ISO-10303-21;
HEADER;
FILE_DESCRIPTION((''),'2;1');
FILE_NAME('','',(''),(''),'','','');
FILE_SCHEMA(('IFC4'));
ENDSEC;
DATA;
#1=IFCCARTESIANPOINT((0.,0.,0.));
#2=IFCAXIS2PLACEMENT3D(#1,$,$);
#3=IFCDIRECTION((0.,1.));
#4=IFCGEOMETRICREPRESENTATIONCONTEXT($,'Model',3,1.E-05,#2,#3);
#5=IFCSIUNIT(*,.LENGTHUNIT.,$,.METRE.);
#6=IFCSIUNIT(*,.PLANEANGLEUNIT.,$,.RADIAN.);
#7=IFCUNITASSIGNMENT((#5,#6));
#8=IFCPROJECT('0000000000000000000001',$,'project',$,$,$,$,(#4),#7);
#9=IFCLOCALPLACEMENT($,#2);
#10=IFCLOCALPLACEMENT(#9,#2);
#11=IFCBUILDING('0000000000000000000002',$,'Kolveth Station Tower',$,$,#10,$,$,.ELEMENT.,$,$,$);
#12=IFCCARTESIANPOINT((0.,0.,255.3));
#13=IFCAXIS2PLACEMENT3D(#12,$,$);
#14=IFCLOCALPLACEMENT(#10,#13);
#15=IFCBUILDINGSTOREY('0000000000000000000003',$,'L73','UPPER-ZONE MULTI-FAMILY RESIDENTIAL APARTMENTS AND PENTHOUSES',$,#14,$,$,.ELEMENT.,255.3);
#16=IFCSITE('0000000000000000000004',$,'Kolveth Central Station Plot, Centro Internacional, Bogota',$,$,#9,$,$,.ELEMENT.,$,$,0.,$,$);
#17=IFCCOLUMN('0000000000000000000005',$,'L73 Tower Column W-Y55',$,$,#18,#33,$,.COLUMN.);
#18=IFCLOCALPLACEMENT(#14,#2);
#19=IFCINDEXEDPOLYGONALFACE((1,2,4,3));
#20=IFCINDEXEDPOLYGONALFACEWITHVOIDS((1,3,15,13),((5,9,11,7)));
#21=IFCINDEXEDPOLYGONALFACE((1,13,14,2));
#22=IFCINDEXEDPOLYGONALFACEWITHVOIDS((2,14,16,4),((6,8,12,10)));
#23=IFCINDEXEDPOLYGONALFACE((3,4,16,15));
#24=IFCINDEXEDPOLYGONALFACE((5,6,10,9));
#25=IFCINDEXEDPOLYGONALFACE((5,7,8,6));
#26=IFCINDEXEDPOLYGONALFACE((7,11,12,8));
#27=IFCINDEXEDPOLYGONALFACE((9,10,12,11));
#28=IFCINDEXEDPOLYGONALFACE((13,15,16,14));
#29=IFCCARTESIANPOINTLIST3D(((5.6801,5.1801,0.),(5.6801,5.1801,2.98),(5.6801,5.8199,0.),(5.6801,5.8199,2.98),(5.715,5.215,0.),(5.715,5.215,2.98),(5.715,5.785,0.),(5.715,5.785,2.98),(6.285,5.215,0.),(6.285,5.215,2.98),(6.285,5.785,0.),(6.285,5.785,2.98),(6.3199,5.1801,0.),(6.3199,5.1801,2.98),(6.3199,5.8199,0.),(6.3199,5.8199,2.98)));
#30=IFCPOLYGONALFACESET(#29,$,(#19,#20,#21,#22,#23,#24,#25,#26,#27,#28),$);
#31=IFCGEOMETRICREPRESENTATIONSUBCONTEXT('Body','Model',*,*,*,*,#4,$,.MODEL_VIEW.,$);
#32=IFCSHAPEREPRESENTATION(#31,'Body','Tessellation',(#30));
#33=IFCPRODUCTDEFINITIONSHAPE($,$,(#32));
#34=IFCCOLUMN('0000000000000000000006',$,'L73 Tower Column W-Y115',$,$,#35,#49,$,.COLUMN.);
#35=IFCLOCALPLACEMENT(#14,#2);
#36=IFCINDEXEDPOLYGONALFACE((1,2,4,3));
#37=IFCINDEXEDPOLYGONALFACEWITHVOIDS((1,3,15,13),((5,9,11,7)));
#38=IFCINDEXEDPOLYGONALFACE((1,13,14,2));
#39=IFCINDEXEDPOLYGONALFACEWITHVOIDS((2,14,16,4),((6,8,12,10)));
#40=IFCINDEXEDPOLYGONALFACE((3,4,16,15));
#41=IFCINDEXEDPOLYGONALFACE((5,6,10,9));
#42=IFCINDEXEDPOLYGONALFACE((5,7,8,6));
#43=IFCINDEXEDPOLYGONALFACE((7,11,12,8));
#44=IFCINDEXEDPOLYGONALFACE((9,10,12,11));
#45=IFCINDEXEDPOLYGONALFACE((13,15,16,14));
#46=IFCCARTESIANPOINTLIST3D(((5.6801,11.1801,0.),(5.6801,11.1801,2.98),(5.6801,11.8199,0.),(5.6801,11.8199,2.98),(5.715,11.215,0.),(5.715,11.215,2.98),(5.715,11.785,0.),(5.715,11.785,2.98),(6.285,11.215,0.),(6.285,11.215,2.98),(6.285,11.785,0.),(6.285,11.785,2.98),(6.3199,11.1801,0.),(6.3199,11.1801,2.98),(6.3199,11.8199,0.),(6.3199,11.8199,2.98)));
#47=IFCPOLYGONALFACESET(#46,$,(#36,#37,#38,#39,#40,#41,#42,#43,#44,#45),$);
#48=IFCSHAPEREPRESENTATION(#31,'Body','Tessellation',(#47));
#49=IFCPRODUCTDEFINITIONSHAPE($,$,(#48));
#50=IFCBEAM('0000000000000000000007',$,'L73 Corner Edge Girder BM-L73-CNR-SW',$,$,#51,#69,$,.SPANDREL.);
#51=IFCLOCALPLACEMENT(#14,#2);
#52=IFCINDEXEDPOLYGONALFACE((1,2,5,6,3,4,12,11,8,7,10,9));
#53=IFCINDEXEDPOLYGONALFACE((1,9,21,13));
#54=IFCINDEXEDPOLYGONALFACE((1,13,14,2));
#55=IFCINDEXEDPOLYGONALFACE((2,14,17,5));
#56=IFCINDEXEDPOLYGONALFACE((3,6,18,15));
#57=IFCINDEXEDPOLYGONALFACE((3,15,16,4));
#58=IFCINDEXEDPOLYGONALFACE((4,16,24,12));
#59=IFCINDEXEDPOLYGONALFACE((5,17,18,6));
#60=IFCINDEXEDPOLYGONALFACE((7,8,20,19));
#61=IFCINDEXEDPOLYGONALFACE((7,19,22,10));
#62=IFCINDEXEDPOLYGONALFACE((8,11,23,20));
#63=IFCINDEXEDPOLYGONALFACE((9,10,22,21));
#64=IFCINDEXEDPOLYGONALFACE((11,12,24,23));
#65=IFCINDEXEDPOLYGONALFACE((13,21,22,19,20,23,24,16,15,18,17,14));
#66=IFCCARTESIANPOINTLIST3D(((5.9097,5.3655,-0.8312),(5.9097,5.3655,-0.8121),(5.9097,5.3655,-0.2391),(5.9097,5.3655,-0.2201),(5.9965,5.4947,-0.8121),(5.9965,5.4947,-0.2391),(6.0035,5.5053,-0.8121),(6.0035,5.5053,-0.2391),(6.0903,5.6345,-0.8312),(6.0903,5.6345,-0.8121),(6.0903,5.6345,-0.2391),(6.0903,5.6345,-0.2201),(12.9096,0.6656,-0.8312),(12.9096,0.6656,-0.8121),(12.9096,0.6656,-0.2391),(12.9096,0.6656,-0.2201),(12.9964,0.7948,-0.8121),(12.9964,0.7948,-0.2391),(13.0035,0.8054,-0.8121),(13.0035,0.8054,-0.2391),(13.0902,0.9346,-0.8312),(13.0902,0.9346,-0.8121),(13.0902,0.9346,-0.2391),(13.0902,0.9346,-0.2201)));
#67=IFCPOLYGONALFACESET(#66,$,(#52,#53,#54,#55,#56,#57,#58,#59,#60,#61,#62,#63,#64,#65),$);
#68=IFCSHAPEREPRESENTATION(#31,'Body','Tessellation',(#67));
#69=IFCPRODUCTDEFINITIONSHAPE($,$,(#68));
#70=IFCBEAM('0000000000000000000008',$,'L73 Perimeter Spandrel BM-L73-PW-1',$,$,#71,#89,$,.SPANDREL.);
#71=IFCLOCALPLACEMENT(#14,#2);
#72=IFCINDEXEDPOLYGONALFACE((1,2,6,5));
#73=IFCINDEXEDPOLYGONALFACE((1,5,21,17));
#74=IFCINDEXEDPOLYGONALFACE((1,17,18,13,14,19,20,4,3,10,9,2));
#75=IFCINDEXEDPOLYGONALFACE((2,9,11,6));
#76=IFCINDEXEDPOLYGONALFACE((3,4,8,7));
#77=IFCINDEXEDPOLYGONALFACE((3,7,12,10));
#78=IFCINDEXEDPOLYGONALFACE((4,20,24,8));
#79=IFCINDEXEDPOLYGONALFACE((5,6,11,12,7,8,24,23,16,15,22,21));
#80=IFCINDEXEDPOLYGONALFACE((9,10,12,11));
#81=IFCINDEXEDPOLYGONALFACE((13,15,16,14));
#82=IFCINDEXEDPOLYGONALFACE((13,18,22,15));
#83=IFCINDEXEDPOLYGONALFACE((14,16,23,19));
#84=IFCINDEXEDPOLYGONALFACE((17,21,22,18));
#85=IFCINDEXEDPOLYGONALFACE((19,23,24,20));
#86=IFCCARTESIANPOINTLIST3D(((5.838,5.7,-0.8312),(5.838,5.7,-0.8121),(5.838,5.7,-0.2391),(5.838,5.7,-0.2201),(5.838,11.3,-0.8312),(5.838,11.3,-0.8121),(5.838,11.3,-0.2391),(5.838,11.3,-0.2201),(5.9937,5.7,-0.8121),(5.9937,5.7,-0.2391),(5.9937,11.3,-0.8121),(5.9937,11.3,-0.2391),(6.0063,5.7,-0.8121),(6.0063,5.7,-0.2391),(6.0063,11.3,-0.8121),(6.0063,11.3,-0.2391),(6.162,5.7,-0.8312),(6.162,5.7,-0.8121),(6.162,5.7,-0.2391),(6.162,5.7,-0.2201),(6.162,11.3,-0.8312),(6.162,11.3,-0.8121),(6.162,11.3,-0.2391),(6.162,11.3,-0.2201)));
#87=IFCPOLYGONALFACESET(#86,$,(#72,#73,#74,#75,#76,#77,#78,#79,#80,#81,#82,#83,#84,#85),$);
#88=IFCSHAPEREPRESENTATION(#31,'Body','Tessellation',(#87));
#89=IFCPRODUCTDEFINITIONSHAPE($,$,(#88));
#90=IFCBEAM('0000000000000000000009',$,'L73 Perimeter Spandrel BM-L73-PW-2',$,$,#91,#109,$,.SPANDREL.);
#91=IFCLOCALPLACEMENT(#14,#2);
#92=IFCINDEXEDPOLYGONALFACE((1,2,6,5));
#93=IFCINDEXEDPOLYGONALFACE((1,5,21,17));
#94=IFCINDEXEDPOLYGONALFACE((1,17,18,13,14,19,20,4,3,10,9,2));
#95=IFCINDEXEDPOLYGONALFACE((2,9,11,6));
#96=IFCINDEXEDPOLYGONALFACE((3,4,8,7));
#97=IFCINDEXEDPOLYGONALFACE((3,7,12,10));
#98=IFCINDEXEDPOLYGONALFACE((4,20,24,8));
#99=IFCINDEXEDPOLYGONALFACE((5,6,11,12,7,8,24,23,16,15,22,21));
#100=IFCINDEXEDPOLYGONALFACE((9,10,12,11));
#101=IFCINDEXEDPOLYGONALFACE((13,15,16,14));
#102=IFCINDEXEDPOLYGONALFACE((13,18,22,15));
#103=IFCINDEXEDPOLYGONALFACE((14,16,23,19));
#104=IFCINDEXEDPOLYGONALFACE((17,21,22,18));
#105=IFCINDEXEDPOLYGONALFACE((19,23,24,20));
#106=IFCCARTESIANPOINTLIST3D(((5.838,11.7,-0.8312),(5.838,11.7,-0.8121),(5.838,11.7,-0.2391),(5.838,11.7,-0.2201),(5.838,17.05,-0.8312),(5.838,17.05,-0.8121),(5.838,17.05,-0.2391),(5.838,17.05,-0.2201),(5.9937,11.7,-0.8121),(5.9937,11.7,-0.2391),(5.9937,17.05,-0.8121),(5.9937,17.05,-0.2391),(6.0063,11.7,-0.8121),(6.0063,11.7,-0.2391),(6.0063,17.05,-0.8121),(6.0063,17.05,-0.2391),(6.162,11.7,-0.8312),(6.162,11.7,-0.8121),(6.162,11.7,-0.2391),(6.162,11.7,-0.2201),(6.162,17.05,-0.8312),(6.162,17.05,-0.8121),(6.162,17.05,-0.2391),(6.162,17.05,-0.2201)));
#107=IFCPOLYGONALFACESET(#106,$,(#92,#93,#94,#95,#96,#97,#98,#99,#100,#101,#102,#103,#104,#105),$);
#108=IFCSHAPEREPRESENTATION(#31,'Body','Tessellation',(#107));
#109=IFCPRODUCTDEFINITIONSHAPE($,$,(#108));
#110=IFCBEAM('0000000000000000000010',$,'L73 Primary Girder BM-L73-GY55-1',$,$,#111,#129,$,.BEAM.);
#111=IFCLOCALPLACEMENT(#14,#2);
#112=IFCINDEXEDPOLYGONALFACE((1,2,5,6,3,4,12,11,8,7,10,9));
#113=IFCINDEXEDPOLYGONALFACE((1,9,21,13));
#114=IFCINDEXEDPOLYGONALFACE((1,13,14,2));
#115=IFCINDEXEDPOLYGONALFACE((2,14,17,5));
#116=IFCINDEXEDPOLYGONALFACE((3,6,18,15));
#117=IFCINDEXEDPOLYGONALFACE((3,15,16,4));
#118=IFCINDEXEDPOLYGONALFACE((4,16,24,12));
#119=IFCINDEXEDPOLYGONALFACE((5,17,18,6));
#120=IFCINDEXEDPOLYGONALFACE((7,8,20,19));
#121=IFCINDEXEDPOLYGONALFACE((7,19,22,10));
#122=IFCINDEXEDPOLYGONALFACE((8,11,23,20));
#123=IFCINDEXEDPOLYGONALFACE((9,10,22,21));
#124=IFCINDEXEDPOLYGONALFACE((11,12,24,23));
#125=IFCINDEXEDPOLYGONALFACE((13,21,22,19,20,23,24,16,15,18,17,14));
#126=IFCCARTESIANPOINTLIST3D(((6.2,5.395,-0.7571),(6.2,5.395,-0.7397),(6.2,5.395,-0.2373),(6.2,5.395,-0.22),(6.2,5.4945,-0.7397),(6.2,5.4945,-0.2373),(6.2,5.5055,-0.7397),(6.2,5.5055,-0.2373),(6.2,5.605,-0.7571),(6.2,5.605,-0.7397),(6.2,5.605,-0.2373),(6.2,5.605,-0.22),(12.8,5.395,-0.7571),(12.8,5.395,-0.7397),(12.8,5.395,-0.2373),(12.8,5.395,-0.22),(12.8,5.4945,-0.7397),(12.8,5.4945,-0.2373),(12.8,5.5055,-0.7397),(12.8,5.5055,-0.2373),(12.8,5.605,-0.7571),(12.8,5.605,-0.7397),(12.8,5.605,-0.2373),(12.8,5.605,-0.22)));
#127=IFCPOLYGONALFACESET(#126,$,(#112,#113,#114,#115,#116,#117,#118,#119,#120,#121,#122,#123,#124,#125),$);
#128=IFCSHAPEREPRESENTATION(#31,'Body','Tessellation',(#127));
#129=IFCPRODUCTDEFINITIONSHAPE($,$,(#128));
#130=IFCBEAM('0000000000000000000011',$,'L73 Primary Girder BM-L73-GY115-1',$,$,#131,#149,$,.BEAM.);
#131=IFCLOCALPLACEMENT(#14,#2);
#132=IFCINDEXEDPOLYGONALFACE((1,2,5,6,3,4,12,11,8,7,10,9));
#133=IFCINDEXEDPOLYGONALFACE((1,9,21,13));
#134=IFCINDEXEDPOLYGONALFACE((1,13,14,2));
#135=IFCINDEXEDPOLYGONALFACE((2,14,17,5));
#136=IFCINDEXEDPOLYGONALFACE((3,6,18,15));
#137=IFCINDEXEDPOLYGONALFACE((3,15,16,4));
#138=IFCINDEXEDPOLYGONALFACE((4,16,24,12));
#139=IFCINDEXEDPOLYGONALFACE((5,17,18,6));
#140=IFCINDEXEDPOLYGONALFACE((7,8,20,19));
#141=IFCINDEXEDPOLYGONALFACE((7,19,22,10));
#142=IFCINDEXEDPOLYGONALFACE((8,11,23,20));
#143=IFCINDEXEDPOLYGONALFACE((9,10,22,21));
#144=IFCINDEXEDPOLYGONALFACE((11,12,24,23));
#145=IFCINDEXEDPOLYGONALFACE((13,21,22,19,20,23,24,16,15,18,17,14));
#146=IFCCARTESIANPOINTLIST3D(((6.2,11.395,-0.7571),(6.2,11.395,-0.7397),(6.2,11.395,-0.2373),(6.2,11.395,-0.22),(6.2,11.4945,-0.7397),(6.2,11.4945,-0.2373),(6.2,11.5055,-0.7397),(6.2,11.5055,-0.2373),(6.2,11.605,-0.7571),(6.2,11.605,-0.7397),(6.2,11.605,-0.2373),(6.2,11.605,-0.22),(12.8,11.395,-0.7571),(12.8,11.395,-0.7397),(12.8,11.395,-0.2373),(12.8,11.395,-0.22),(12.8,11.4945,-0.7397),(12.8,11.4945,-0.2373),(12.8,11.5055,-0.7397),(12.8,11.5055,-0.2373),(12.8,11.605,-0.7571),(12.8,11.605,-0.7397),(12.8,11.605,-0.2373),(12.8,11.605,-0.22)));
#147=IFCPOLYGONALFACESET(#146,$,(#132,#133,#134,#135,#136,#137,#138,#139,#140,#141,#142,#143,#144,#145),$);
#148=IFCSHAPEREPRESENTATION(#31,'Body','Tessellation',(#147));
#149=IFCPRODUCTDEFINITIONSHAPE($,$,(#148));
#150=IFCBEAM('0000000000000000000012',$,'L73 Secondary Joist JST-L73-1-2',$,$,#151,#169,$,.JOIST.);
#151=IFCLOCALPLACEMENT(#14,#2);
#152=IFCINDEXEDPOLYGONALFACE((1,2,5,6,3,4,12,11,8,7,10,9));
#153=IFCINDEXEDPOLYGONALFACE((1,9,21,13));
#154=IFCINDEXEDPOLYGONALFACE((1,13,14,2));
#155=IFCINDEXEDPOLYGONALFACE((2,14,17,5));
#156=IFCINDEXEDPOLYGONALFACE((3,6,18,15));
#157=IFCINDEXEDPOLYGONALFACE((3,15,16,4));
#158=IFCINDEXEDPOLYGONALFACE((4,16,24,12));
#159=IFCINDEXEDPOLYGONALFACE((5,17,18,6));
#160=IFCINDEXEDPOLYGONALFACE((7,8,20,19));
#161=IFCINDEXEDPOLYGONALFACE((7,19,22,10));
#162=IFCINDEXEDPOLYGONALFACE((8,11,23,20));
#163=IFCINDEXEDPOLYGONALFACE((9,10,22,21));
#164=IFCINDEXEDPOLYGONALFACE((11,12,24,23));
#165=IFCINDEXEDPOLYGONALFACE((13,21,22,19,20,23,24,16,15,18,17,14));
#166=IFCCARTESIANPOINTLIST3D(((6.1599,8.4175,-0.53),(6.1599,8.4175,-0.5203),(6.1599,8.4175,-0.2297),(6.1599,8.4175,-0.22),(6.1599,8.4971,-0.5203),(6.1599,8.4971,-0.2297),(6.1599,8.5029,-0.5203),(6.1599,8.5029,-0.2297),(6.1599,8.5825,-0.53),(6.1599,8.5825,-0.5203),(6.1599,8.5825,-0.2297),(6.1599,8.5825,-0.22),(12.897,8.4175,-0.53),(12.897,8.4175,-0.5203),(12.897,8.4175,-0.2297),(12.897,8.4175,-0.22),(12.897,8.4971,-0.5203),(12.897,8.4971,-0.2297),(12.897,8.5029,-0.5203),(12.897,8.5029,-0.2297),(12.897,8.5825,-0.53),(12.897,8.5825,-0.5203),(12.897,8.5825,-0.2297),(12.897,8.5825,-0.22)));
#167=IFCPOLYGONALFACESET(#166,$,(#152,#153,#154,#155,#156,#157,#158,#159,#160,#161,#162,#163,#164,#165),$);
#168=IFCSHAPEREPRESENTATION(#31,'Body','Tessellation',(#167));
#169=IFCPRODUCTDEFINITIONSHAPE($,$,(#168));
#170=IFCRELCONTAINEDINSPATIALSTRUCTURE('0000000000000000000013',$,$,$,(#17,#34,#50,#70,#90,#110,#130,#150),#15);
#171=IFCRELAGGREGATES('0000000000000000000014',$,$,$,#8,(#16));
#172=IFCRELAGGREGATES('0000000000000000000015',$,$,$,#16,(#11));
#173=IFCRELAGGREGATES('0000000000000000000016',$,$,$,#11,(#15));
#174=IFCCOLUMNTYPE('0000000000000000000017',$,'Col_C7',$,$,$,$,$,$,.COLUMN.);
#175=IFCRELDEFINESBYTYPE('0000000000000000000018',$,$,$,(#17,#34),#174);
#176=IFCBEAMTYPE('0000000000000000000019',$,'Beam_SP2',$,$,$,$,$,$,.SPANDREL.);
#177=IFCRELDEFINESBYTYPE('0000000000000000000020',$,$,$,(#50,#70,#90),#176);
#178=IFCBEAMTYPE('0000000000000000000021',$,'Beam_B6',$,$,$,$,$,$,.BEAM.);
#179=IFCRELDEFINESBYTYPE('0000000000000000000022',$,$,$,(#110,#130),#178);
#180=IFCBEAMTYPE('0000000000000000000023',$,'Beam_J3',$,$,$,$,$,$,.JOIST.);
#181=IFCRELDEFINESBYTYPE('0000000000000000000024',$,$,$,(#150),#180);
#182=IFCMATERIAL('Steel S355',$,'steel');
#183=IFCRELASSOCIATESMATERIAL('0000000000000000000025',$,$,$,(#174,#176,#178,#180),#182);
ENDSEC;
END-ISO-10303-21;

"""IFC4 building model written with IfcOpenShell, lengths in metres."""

from ifc_helpers import new_model, si_unit, direction, frame, origin, origin_2d, place, context, subcontext, project, spatial, hollow_rectangle, i_section, extrude, source, transform, mapped, material, material_profile, profile_set, type_object, element, save


model = new_model("IFC4")

# Units and contexts
model_context = context("Model", 3, precision=1e-05, world=origin(), true_north=direction((0.0, 1.0)))
body_context = subcontext(model_context, "Body", "Model", "MODEL_VIEW")
ifc_project = project(units=[si_unit("LENGTHUNIT", "METRE"), si_unit("PLANEANGLEUNIT", "RADIAN")], contexts=[model_context])

# Site, building, storey
site_placement = place(None, origin())
site = spatial("IfcSite", under=ifc_project, at=site_placement, Name="Kolveth Central Station Plot, Centro Internacional, Bogota", CompositionType="ELEMENT", RefElevation=0.0)
building_placement = place(site_placement, origin())
building = spatial("IfcBuilding", under=site, at=building_placement, Name="Kolveth Station Tower", CompositionType="ELEMENT")
storey_placement = place(building_placement, frame((0.0, 0.0, 255.3)))
storey = spatial("IfcBuildingStorey", under=building, at=storey_placement, Name="L73", Description="UPPER-ZONE MULTI-FAMILY RESIDENTIAL APARTMENTS AND PENTHOUSES", CompositionType="ELEMENT", Elevation=255.3)

# Columns
ifc_material_1 = material(Name="Steel S355", Category="steel")
ifc_material_profile_1 = material_profile(ifc_material_1, hollow_rectangle(XDim=0.6399, YDim=0.6399, WallThickness=0.0349, at=origin_2d()), Name="BOX640x640x35")
ifc_profile_set_1 = profile_set([ifc_material_profile_1], Name="Steel S355")
column_type = type_object("IfcColumnType", Name="Col_C7", PredefinedType="COLUMN", material=ifc_profile_set_1)
shared_shape_1 = source(origin(), body_context, "Body", "SweptSolid", [
    extrude(hollow_rectangle(XDim=0.6399, YDim=0.6399, WallThickness=0.0349, at=origin_2d()), origin(), (0.0, 0.0, 1.0), 2.98),
])
for number, where, z_axis, x_axis, name in (
    (1, (6.0, 5.5, 0.0), (0.0, 0.0, 1.0), (1.0, 0.0, 0.0), "L73 Tower Column W-Y55"),
    (2, (6.0, 11.5, 0.0), (0.0, 0.0, 1.0), (1.0, 0.0, 0.0), "L73 Tower Column W-Y115"),
):
    element("IfcColumn", number, at=place(storey_placement, frame(where, z_axis=z_axis, x_axis=x_axis)), inside=storey, type_object=column_type, Name=name, PredefinedType="COLUMN", context=body_context, shape_type="MappedRepresentation", body=[
        mapped(shared_shape_1, transform((0.0, 0.0, 0.0), x_axis=(1.0, 0.0, 0.0), y_axis=(0.0, 1.0, 0.0), z_axis=(0.0, 0.0, 1.0), scale=1.0)),
    ])

# Beams
ifc_material_profile_2 = material_profile(ifc_material_1, i_section(OverallWidth=0.324, OverallDepth=0.6111, WebThickness=0.0127, FlangeThickness=0.019, at=origin_2d()), Name="W610x155")
ifc_profile_set_2 = profile_set([ifc_material_profile_2], Name="Steel S355")
beam_type_1 = type_object("IfcBeamType", Name="Beam_SP2", PredefinedType="SPANDREL", material=ifc_profile_set_2)
shared_shape_2 = source(origin(), body_context, "Body", "SweptSolid", [
    extrude(i_section(OverallWidth=0.324, OverallDepth=0.6111, WebThickness=0.0127, FlangeThickness=0.019, at=origin_2d()), origin(), (0.0, 0.0, 1.0), 8.4314),
])
beam_1_placement = place(storey_placement, frame((6.0, 5.5, -0.5256), z_axis=(0.830224, -0.55743, 0.0), x_axis=(0.55743, 0.830224, 0.0)))
element("IfcBeam", 3, at=beam_1_placement, inside=storey, type_object=beam_type_1, Name="L73 Corner Edge Girder BM-L73-CNR-SW", PredefinedType="SPANDREL", context=body_context, shape_type="MappedRepresentation", body=[
    mapped(shared_shape_2, transform((0.0, 0.0, 0.0), x_axis=(1.0, 0.0, 0.0), y_axis=(0.0, 1.0, 0.0), z_axis=(0.0, 0.0, 1.0), scale=1.0)),
])
shared_shape_3 = source(origin(), body_context, "Body", "SweptSolid", [
    extrude(i_section(OverallWidth=0.324, OverallDepth=0.6111, WebThickness=0.0127, FlangeThickness=0.019, at=origin_2d()), origin(), (0.0, 0.0, 1.0), 5.6001),
])
beam_2_placement = place(storey_placement, frame((6.0, 5.7, -0.5256), z_axis=(0.0, 1.0, 0.0), x_axis=(-1.0, 0.0, 0.0)))
element("IfcBeam", 4, at=beam_2_placement, inside=storey, type_object=beam_type_1, Name="L73 Perimeter Spandrel BM-L73-PW-1", PredefinedType="SPANDREL", context=body_context, shape_type="MappedRepresentation", body=[
    mapped(shared_shape_3, transform((0.0, 0.0, 0.0), x_axis=(1.0, 0.0, 0.0), y_axis=(0.0, 1.0, 0.0), z_axis=(0.0, 0.0, 1.0), scale=1.0)),
])
shared_shape_4 = source(origin(), body_context, "Body", "SweptSolid", [
    extrude(i_section(OverallWidth=0.324, OverallDepth=0.6111, WebThickness=0.0127, FlangeThickness=0.019, at=origin_2d()), origin(), (0.0, 0.0, 1.0), 5.3501),
])
beam_3_placement = place(storey_placement, frame((6.0, 11.7, -0.5256), z_axis=(0.0, 1.0, 0.0), x_axis=(-1.0, 0.0, 0.0)))
element("IfcBeam", 5, at=beam_3_placement, inside=storey, type_object=beam_type_1, Name="L73 Perimeter Spandrel BM-L73-PW-2", PredefinedType="SPANDREL", context=body_context, shape_type="MappedRepresentation", body=[
    mapped(shared_shape_4, transform((0.0, 0.0, 0.0), x_axis=(1.0, 0.0, 0.0), y_axis=(0.0, 1.0, 0.0), z_axis=(0.0, 0.0, 1.0), scale=1.0)),
])
ifc_material_profile_3 = material_profile(ifc_material_1, i_section(OverallWidth=0.21, OverallDepth=0.5371, WebThickness=0.011, FlangeThickness=0.0173, at=origin_2d()), Name="W530x101")
ifc_profile_set_3 = profile_set([ifc_material_profile_3], Name="Steel S355")
beam_type_2 = type_object("IfcBeamType", Name="Beam_B6", PredefinedType="BEAM", material=ifc_profile_set_3)
shared_shape_5 = source(origin(), body_context, "Body", "SweptSolid", [
    extrude(i_section(OverallWidth=0.21, OverallDepth=0.5371, WebThickness=0.011, FlangeThickness=0.0173, at=origin_2d()), origin(), (0.0, 0.0, 1.0), 6.6001),
])
for number, where, z_axis, x_axis, name in (
    (6, (6.2, 5.5, -0.4885), (1.0, 0.0, 0.0), (0.0, 1.0, 0.0), "L73 Primary Girder BM-L73-GY55-1"),
    (7, (6.2, 11.5, -0.4885), (1.0, 0.0, 0.0), (0.0, 1.0, 0.0), "L73 Primary Girder BM-L73-GY115-1"),
):
    element("IfcBeam", number, at=place(storey_placement, frame(where, z_axis=z_axis, x_axis=x_axis)), inside=storey, type_object=beam_type_2, Name=name, PredefinedType="BEAM", context=body_context, shape_type="MappedRepresentation", body=[
        mapped(shared_shape_5, transform((0.0, 0.0, 0.0), x_axis=(1.0, 0.0, 0.0), y_axis=(0.0, 1.0, 0.0), z_axis=(0.0, 0.0, 1.0), scale=1.0)),
    ])
ifc_material_profile_4 = material_profile(ifc_material_1, i_section(OverallWidth=0.165, OverallDepth=0.3101, WebThickness=0.0059, FlangeThickness=0.0098, at=origin_2d()), Name="W310x39")
ifc_profile_set_4 = profile_set([ifc_material_profile_4], Name="Steel S355")
beam_type_3 = type_object("IfcBeamType", Name="Beam_J3", PredefinedType="JOIST", material=ifc_profile_set_4)
shared_shape_6 = source(origin(), body_context, "Body", "SweptSolid", [
    extrude(i_section(OverallWidth=0.165, OverallDepth=0.3101, WebThickness=0.0059, FlangeThickness=0.0098, at=origin_2d()), origin(), (0.0, 0.0, 1.0), 6.7371),
])
for number, where, z_axis, x_axis, name in (
    (8, (6.1599, 8.5, -0.375), (1.0, 0.0, 0.0), (0.0, 1.0, 0.0), "L73 Secondary Joist JST-L73-1-2"),
):
    element("IfcBeam", number, at=place(storey_placement, frame(where, z_axis=z_axis, x_axis=x_axis)), inside=storey, type_object=beam_type_3, Name=name, PredefinedType="JOIST", context=body_context, shape_type="MappedRepresentation", body=[
        mapped(shared_shape_6, transform((0.0, 0.0, 0.0), x_axis=(1.0, 0.0, 0.0), y_axis=(0.0, 1.0, 0.0), z_axis=(0.0, 0.0, 1.0), scale=1.0)),
    ])

save(model, "model.ifc")
